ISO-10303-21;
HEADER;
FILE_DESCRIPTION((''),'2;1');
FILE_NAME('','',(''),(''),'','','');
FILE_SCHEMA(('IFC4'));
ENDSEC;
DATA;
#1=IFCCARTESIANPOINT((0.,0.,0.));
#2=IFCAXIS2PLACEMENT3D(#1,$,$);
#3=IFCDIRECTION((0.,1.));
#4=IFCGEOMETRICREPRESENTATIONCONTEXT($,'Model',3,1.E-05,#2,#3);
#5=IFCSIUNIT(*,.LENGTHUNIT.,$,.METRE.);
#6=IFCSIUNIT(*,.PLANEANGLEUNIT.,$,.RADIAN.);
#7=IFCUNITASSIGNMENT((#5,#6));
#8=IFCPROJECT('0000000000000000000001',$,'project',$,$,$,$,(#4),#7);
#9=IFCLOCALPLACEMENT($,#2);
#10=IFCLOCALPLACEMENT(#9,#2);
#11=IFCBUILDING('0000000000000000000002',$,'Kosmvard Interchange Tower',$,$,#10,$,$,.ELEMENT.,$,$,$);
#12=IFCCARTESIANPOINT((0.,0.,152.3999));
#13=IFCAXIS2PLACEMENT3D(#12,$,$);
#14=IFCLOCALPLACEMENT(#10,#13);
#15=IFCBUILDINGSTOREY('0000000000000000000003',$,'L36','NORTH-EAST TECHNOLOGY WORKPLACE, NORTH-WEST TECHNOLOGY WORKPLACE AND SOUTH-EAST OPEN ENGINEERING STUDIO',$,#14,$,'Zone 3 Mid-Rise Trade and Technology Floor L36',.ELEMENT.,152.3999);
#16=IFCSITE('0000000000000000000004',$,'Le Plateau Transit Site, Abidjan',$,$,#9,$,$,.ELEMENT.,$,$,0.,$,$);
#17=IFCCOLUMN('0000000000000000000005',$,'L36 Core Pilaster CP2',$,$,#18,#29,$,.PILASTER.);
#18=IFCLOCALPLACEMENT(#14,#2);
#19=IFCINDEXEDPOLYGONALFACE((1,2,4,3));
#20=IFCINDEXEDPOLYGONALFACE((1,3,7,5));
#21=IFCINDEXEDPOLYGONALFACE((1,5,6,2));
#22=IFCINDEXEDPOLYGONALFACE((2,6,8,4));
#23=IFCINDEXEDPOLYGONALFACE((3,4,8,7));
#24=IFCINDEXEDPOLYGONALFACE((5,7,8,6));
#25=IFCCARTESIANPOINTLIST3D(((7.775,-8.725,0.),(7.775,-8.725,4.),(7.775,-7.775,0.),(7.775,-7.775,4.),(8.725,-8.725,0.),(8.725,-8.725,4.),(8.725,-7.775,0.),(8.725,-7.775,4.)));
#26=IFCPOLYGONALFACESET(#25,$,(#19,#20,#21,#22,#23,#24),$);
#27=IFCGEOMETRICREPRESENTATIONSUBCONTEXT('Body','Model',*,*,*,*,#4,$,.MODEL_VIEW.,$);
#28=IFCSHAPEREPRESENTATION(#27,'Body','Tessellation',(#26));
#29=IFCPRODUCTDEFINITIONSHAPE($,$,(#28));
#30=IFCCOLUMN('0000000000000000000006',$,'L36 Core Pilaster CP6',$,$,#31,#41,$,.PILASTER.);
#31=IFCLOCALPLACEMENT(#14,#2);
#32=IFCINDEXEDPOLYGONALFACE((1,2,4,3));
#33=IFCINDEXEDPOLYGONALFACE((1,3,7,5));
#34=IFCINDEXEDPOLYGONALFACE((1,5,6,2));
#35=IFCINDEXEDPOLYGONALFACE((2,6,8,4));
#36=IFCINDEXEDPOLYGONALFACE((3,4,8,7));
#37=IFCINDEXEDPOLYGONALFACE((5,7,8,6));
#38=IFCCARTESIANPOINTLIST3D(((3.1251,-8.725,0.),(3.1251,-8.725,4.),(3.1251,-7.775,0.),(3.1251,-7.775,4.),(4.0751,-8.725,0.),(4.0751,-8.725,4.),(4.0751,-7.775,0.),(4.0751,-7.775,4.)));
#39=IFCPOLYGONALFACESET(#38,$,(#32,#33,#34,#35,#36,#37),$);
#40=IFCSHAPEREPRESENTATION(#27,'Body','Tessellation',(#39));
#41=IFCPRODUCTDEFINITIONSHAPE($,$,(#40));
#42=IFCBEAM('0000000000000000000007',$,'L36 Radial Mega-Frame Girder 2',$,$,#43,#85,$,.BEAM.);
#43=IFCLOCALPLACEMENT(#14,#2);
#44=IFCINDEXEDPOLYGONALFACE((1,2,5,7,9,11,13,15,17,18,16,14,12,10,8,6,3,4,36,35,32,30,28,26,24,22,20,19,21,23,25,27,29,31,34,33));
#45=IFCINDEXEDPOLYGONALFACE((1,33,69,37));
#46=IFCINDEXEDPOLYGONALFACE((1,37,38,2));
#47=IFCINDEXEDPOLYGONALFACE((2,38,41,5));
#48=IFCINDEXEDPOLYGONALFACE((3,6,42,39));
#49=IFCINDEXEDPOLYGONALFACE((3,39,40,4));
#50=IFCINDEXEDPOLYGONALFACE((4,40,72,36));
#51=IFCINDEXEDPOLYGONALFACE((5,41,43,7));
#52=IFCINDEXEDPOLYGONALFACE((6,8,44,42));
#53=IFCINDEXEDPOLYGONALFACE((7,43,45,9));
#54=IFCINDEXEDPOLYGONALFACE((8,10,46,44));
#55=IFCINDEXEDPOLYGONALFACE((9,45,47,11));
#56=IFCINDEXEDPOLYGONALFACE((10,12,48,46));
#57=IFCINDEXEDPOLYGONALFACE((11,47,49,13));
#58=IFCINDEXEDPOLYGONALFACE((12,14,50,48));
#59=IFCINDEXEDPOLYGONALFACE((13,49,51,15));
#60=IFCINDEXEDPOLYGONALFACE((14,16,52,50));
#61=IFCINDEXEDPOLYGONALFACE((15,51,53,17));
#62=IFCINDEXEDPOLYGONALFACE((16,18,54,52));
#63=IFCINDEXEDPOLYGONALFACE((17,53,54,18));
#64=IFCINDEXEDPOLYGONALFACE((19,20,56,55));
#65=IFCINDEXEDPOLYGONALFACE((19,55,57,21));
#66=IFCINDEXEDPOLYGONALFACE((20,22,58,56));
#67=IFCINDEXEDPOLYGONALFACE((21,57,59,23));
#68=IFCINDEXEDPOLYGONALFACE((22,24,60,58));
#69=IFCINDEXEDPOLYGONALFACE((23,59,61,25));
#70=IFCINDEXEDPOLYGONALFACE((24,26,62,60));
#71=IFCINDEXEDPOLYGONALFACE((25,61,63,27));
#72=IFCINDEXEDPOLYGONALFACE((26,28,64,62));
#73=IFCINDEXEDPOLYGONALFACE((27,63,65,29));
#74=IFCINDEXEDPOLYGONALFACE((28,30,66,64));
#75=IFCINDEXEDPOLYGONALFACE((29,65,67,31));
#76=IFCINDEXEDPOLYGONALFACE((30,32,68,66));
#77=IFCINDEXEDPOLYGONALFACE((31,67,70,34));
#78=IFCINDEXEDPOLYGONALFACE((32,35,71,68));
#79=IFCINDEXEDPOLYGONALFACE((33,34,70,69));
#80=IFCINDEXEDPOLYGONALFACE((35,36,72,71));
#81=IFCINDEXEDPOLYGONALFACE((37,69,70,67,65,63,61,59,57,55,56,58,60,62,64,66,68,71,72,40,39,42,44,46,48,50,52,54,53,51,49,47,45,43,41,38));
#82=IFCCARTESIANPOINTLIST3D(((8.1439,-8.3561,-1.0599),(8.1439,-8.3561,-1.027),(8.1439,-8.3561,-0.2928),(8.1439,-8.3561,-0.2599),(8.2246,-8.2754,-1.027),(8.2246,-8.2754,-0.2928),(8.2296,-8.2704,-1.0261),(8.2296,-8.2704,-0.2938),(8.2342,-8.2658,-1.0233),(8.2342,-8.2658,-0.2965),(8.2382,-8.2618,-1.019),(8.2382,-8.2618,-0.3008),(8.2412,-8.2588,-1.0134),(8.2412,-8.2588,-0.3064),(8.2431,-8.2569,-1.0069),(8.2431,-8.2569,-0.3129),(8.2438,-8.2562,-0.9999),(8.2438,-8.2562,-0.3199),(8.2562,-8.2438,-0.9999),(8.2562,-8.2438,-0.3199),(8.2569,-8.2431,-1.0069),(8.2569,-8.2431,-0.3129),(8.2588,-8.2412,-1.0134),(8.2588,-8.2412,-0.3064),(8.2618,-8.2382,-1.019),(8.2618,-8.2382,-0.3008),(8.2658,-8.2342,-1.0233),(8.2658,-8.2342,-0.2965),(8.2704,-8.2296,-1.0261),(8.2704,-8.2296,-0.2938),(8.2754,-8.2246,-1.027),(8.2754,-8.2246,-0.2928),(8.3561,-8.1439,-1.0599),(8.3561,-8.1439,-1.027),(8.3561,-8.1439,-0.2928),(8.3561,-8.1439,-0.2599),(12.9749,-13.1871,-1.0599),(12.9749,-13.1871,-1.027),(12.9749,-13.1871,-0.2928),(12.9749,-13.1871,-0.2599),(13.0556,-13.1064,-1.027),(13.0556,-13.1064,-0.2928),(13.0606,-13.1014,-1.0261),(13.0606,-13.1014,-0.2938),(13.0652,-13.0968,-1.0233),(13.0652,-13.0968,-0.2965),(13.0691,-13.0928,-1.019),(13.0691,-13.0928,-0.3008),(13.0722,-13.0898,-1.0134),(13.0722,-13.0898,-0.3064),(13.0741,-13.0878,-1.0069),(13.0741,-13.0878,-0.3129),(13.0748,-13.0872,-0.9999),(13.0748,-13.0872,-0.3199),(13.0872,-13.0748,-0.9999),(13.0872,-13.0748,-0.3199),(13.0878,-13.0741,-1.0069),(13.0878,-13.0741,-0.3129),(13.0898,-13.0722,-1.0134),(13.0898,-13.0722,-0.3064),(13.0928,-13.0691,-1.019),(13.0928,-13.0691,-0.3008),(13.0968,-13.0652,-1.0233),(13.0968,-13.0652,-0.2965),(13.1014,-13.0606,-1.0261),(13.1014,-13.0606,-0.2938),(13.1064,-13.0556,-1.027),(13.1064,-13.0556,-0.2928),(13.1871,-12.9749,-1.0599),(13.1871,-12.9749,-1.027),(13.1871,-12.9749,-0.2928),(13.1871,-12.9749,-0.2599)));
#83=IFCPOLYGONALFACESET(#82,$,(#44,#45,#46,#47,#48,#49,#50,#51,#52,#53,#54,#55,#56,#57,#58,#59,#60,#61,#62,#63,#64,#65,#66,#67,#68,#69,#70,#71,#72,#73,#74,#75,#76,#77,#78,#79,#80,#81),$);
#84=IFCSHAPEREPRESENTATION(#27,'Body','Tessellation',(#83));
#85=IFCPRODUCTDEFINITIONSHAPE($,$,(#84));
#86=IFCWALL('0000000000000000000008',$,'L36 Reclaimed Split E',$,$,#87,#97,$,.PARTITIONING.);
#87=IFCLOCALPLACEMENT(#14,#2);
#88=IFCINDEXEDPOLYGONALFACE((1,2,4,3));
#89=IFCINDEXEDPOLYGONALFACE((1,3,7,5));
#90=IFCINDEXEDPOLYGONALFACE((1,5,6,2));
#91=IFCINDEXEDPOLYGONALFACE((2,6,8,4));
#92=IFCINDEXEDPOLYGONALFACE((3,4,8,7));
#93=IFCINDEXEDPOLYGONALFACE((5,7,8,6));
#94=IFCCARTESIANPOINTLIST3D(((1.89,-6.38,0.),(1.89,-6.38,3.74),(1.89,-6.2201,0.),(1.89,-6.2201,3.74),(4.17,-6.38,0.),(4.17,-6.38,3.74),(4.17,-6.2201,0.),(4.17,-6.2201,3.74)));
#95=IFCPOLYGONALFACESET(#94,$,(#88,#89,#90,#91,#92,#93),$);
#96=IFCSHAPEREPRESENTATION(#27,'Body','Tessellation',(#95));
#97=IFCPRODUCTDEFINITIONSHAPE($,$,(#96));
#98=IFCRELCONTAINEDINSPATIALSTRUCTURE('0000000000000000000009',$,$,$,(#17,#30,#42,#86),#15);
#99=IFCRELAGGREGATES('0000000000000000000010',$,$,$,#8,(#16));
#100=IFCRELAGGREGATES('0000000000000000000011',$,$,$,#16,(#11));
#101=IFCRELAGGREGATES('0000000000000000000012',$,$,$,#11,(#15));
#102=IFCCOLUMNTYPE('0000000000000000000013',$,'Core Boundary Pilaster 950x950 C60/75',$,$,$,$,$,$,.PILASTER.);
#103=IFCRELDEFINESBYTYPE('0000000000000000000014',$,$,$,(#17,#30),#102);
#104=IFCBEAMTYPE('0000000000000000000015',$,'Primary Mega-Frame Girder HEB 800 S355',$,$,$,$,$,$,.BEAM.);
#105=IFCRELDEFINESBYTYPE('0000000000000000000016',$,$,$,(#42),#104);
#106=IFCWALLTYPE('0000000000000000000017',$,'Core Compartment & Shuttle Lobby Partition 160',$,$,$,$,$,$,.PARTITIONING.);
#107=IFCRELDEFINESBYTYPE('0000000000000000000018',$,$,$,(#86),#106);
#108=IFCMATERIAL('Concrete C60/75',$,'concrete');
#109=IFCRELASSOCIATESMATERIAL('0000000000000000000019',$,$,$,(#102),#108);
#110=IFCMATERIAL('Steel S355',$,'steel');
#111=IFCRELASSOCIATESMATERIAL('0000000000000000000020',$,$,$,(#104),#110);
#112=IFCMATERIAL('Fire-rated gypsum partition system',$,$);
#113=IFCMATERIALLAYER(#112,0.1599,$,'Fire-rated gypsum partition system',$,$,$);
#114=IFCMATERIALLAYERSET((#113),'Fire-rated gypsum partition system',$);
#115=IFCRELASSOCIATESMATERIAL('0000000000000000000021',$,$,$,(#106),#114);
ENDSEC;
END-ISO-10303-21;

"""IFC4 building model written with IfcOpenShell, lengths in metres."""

from ifc_helpers import new_model, si_unit, direction, frame, frame_2d, origin, origin_2d, place, context, subcontext, project, spatial, rectangle, i_section, extrude, source, transform, mapped, material, layer, layer_set, material_profile, profile_set, type_object, element, save


model = new_model("IFC4")

# Units and contexts
model_context = context("Model", 3, precision=1e-05, world=origin(), true_north=direction((0.0, 1.0)))
body_context = subcontext(model_context, "Body", "Model", "MODEL_VIEW")
ifc_project = project(units=[si_unit("LENGTHUNIT", "METRE"), si_unit("PLANEANGLEUNIT", "RADIAN")], contexts=[model_context])

# Site, building, storey
site_placement = place(None, origin())
site = spatial("IfcSite", under=ifc_project, at=site_placement, Name="Le Plateau Transit Site, Abidjan", CompositionType="ELEMENT", RefElevation=0.0)
building_placement = place(site_placement, origin())
building = spatial("IfcBuilding", under=site, at=building_placement, Name="Kosmvard Interchange Tower", CompositionType="ELEMENT")
storey_placement = place(building_placement, frame((0.0, 0.0, 152.3999)))
storey = spatial("IfcBuildingStorey", under=building, at=storey_placement, Name="L36", Description="NORTH-EAST TECHNOLOGY WORKPLACE, NORTH-WEST TECHNOLOGY WORKPLACE AND SOUTH-EAST OPEN ENGINEERING STUDIO", LongName="Zone 3 Mid-Rise Trade and Technology Floor L36", CompositionType="ELEMENT", Elevation=152.3999)

# Columns
ifc_material_1 = material(Name="Concrete C60/75", Category="concrete")
ifc_material_profile_1 = material_profile(ifc_material_1, rectangle(XDim=0.95, YDim=0.95, at=origin_2d()), Name="CP 950x950")
ifc_profile_set_1 = profile_set([ifc_material_profile_1], Name="Concrete C60/75")
column_type = type_object("IfcColumnType", Name="Core Boundary Pilaster 950x950 C60/75", PredefinedType="PILASTER", material=ifc_profile_set_1)
shared_shape_1 = source(origin(), body_context, "Body", "SweptSolid", [
    extrude(rectangle(XDim=0.95, YDim=0.95, at=origin_2d()), origin(), (0.0, 0.0, 1.0), 4.0),
])
for number, where, z_axis, x_axis, name in (
    (1, (8.25, -8.25, 0.0), (0.0, 0.0, 1.0), (1.0, 0.0, 0.0), "L36 Core Pilaster CP2"),
    (2, (3.6001, -8.25, 0.0), (0.0, 0.0, 1.0), (1.0, 0.0, 0.0), "L36 Core Pilaster CP6"),
):
    element("IfcColumn", number, at=place(storey_placement, frame(where, z_axis=z_axis, x_axis=x_axis)), inside=storey, type_object=column_type, Name=name, PredefinedType="PILASTER", context=body_context, shape_type="MappedRepresentation", body=[
        mapped(shared_shape_1, transform((0.0, 0.0, 0.0), scale=1.0)),
    ])

# Beam
ifc_material_2 = material(Name="Steel S355", Category="steel")
ifc_material_profile_2 = material_profile(ifc_material_2, i_section(OverallWidth=0.3, OverallDepth=0.8, WebThickness=0.0176, FlangeThickness=0.033, FilletRadius=0.0271, at=origin_2d()), Name="HEB 800")
ifc_profile_set_2 = profile_set([ifc_material_profile_2], Name="Steel S355")
beam_type = type_object("IfcBeamType", Name="Primary Mega-Frame Girder HEB 800 S355", PredefinedType="BEAM", material=ifc_profile_set_2)
shared_shape_2 = source(origin(), body_context, "Body", "SweptSolid", [
    extrude(i_section(OverallWidth=0.3, OverallDepth=0.8, WebThickness=0.0176, FlangeThickness=0.033, FilletRadius=0.0271, at=origin_2d()), origin(), (0.0, 0.0, 1.0), 6.832),
])
beam_placement = place(storey_placement, frame((8.25, -8.25, -0.6599), z_axis=(0.707107, -0.707107, 0.0), x_axis=(0.707107, 0.707107, 0.0)))
element("IfcBeam", 3, at=beam_placement, inside=storey, type_object=beam_type, Name="L36 Radial Mega-Frame Girder 2", PredefinedType="BEAM", context=body_context, shape_type="MappedRepresentation", body=[
    mapped(shared_shape_2, transform((0.0, 0.0, 0.0), scale=1.0)),
])

# Wall
ifc_material_3 = material(Name="Fire-rated gypsum partition system")
ifc_layer_1 = layer(ifc_material_3, 0.1599, Name="Fire-rated gypsum partition system")
ifc_layer_set_1 = layer_set([ifc_layer_1], Name="Fire-rated gypsum partition system")
wall_type_1 = type_object("IfcWallType", Name="Core Compartment & Shuttle Lobby Partition 160", PredefinedType="PARTITIONING", material=ifc_layer_set_1)
wall_1_placement = place(storey_placement, frame((1.8899, -6.3, 0.0), z_axis=(0.0, 0.0, 1.0), x_axis=(1.0, 0.0, 0.0)))
element("IfcWall", 4, at=wall_1_placement, inside=storey, type_object=wall_type_1, Name="L36 Reclaimed Split E", PredefinedType="PARTITIONING", context=body_context, shape_type="SweptSolid", body=[
    extrude(rectangle(XDim=2.28, YDim=0.1599, at=frame_2d((1.1401, 0.0))), origin(), (0.0, 0.0, 1.0), 3.74),
])

save(model, "model.ifc")
